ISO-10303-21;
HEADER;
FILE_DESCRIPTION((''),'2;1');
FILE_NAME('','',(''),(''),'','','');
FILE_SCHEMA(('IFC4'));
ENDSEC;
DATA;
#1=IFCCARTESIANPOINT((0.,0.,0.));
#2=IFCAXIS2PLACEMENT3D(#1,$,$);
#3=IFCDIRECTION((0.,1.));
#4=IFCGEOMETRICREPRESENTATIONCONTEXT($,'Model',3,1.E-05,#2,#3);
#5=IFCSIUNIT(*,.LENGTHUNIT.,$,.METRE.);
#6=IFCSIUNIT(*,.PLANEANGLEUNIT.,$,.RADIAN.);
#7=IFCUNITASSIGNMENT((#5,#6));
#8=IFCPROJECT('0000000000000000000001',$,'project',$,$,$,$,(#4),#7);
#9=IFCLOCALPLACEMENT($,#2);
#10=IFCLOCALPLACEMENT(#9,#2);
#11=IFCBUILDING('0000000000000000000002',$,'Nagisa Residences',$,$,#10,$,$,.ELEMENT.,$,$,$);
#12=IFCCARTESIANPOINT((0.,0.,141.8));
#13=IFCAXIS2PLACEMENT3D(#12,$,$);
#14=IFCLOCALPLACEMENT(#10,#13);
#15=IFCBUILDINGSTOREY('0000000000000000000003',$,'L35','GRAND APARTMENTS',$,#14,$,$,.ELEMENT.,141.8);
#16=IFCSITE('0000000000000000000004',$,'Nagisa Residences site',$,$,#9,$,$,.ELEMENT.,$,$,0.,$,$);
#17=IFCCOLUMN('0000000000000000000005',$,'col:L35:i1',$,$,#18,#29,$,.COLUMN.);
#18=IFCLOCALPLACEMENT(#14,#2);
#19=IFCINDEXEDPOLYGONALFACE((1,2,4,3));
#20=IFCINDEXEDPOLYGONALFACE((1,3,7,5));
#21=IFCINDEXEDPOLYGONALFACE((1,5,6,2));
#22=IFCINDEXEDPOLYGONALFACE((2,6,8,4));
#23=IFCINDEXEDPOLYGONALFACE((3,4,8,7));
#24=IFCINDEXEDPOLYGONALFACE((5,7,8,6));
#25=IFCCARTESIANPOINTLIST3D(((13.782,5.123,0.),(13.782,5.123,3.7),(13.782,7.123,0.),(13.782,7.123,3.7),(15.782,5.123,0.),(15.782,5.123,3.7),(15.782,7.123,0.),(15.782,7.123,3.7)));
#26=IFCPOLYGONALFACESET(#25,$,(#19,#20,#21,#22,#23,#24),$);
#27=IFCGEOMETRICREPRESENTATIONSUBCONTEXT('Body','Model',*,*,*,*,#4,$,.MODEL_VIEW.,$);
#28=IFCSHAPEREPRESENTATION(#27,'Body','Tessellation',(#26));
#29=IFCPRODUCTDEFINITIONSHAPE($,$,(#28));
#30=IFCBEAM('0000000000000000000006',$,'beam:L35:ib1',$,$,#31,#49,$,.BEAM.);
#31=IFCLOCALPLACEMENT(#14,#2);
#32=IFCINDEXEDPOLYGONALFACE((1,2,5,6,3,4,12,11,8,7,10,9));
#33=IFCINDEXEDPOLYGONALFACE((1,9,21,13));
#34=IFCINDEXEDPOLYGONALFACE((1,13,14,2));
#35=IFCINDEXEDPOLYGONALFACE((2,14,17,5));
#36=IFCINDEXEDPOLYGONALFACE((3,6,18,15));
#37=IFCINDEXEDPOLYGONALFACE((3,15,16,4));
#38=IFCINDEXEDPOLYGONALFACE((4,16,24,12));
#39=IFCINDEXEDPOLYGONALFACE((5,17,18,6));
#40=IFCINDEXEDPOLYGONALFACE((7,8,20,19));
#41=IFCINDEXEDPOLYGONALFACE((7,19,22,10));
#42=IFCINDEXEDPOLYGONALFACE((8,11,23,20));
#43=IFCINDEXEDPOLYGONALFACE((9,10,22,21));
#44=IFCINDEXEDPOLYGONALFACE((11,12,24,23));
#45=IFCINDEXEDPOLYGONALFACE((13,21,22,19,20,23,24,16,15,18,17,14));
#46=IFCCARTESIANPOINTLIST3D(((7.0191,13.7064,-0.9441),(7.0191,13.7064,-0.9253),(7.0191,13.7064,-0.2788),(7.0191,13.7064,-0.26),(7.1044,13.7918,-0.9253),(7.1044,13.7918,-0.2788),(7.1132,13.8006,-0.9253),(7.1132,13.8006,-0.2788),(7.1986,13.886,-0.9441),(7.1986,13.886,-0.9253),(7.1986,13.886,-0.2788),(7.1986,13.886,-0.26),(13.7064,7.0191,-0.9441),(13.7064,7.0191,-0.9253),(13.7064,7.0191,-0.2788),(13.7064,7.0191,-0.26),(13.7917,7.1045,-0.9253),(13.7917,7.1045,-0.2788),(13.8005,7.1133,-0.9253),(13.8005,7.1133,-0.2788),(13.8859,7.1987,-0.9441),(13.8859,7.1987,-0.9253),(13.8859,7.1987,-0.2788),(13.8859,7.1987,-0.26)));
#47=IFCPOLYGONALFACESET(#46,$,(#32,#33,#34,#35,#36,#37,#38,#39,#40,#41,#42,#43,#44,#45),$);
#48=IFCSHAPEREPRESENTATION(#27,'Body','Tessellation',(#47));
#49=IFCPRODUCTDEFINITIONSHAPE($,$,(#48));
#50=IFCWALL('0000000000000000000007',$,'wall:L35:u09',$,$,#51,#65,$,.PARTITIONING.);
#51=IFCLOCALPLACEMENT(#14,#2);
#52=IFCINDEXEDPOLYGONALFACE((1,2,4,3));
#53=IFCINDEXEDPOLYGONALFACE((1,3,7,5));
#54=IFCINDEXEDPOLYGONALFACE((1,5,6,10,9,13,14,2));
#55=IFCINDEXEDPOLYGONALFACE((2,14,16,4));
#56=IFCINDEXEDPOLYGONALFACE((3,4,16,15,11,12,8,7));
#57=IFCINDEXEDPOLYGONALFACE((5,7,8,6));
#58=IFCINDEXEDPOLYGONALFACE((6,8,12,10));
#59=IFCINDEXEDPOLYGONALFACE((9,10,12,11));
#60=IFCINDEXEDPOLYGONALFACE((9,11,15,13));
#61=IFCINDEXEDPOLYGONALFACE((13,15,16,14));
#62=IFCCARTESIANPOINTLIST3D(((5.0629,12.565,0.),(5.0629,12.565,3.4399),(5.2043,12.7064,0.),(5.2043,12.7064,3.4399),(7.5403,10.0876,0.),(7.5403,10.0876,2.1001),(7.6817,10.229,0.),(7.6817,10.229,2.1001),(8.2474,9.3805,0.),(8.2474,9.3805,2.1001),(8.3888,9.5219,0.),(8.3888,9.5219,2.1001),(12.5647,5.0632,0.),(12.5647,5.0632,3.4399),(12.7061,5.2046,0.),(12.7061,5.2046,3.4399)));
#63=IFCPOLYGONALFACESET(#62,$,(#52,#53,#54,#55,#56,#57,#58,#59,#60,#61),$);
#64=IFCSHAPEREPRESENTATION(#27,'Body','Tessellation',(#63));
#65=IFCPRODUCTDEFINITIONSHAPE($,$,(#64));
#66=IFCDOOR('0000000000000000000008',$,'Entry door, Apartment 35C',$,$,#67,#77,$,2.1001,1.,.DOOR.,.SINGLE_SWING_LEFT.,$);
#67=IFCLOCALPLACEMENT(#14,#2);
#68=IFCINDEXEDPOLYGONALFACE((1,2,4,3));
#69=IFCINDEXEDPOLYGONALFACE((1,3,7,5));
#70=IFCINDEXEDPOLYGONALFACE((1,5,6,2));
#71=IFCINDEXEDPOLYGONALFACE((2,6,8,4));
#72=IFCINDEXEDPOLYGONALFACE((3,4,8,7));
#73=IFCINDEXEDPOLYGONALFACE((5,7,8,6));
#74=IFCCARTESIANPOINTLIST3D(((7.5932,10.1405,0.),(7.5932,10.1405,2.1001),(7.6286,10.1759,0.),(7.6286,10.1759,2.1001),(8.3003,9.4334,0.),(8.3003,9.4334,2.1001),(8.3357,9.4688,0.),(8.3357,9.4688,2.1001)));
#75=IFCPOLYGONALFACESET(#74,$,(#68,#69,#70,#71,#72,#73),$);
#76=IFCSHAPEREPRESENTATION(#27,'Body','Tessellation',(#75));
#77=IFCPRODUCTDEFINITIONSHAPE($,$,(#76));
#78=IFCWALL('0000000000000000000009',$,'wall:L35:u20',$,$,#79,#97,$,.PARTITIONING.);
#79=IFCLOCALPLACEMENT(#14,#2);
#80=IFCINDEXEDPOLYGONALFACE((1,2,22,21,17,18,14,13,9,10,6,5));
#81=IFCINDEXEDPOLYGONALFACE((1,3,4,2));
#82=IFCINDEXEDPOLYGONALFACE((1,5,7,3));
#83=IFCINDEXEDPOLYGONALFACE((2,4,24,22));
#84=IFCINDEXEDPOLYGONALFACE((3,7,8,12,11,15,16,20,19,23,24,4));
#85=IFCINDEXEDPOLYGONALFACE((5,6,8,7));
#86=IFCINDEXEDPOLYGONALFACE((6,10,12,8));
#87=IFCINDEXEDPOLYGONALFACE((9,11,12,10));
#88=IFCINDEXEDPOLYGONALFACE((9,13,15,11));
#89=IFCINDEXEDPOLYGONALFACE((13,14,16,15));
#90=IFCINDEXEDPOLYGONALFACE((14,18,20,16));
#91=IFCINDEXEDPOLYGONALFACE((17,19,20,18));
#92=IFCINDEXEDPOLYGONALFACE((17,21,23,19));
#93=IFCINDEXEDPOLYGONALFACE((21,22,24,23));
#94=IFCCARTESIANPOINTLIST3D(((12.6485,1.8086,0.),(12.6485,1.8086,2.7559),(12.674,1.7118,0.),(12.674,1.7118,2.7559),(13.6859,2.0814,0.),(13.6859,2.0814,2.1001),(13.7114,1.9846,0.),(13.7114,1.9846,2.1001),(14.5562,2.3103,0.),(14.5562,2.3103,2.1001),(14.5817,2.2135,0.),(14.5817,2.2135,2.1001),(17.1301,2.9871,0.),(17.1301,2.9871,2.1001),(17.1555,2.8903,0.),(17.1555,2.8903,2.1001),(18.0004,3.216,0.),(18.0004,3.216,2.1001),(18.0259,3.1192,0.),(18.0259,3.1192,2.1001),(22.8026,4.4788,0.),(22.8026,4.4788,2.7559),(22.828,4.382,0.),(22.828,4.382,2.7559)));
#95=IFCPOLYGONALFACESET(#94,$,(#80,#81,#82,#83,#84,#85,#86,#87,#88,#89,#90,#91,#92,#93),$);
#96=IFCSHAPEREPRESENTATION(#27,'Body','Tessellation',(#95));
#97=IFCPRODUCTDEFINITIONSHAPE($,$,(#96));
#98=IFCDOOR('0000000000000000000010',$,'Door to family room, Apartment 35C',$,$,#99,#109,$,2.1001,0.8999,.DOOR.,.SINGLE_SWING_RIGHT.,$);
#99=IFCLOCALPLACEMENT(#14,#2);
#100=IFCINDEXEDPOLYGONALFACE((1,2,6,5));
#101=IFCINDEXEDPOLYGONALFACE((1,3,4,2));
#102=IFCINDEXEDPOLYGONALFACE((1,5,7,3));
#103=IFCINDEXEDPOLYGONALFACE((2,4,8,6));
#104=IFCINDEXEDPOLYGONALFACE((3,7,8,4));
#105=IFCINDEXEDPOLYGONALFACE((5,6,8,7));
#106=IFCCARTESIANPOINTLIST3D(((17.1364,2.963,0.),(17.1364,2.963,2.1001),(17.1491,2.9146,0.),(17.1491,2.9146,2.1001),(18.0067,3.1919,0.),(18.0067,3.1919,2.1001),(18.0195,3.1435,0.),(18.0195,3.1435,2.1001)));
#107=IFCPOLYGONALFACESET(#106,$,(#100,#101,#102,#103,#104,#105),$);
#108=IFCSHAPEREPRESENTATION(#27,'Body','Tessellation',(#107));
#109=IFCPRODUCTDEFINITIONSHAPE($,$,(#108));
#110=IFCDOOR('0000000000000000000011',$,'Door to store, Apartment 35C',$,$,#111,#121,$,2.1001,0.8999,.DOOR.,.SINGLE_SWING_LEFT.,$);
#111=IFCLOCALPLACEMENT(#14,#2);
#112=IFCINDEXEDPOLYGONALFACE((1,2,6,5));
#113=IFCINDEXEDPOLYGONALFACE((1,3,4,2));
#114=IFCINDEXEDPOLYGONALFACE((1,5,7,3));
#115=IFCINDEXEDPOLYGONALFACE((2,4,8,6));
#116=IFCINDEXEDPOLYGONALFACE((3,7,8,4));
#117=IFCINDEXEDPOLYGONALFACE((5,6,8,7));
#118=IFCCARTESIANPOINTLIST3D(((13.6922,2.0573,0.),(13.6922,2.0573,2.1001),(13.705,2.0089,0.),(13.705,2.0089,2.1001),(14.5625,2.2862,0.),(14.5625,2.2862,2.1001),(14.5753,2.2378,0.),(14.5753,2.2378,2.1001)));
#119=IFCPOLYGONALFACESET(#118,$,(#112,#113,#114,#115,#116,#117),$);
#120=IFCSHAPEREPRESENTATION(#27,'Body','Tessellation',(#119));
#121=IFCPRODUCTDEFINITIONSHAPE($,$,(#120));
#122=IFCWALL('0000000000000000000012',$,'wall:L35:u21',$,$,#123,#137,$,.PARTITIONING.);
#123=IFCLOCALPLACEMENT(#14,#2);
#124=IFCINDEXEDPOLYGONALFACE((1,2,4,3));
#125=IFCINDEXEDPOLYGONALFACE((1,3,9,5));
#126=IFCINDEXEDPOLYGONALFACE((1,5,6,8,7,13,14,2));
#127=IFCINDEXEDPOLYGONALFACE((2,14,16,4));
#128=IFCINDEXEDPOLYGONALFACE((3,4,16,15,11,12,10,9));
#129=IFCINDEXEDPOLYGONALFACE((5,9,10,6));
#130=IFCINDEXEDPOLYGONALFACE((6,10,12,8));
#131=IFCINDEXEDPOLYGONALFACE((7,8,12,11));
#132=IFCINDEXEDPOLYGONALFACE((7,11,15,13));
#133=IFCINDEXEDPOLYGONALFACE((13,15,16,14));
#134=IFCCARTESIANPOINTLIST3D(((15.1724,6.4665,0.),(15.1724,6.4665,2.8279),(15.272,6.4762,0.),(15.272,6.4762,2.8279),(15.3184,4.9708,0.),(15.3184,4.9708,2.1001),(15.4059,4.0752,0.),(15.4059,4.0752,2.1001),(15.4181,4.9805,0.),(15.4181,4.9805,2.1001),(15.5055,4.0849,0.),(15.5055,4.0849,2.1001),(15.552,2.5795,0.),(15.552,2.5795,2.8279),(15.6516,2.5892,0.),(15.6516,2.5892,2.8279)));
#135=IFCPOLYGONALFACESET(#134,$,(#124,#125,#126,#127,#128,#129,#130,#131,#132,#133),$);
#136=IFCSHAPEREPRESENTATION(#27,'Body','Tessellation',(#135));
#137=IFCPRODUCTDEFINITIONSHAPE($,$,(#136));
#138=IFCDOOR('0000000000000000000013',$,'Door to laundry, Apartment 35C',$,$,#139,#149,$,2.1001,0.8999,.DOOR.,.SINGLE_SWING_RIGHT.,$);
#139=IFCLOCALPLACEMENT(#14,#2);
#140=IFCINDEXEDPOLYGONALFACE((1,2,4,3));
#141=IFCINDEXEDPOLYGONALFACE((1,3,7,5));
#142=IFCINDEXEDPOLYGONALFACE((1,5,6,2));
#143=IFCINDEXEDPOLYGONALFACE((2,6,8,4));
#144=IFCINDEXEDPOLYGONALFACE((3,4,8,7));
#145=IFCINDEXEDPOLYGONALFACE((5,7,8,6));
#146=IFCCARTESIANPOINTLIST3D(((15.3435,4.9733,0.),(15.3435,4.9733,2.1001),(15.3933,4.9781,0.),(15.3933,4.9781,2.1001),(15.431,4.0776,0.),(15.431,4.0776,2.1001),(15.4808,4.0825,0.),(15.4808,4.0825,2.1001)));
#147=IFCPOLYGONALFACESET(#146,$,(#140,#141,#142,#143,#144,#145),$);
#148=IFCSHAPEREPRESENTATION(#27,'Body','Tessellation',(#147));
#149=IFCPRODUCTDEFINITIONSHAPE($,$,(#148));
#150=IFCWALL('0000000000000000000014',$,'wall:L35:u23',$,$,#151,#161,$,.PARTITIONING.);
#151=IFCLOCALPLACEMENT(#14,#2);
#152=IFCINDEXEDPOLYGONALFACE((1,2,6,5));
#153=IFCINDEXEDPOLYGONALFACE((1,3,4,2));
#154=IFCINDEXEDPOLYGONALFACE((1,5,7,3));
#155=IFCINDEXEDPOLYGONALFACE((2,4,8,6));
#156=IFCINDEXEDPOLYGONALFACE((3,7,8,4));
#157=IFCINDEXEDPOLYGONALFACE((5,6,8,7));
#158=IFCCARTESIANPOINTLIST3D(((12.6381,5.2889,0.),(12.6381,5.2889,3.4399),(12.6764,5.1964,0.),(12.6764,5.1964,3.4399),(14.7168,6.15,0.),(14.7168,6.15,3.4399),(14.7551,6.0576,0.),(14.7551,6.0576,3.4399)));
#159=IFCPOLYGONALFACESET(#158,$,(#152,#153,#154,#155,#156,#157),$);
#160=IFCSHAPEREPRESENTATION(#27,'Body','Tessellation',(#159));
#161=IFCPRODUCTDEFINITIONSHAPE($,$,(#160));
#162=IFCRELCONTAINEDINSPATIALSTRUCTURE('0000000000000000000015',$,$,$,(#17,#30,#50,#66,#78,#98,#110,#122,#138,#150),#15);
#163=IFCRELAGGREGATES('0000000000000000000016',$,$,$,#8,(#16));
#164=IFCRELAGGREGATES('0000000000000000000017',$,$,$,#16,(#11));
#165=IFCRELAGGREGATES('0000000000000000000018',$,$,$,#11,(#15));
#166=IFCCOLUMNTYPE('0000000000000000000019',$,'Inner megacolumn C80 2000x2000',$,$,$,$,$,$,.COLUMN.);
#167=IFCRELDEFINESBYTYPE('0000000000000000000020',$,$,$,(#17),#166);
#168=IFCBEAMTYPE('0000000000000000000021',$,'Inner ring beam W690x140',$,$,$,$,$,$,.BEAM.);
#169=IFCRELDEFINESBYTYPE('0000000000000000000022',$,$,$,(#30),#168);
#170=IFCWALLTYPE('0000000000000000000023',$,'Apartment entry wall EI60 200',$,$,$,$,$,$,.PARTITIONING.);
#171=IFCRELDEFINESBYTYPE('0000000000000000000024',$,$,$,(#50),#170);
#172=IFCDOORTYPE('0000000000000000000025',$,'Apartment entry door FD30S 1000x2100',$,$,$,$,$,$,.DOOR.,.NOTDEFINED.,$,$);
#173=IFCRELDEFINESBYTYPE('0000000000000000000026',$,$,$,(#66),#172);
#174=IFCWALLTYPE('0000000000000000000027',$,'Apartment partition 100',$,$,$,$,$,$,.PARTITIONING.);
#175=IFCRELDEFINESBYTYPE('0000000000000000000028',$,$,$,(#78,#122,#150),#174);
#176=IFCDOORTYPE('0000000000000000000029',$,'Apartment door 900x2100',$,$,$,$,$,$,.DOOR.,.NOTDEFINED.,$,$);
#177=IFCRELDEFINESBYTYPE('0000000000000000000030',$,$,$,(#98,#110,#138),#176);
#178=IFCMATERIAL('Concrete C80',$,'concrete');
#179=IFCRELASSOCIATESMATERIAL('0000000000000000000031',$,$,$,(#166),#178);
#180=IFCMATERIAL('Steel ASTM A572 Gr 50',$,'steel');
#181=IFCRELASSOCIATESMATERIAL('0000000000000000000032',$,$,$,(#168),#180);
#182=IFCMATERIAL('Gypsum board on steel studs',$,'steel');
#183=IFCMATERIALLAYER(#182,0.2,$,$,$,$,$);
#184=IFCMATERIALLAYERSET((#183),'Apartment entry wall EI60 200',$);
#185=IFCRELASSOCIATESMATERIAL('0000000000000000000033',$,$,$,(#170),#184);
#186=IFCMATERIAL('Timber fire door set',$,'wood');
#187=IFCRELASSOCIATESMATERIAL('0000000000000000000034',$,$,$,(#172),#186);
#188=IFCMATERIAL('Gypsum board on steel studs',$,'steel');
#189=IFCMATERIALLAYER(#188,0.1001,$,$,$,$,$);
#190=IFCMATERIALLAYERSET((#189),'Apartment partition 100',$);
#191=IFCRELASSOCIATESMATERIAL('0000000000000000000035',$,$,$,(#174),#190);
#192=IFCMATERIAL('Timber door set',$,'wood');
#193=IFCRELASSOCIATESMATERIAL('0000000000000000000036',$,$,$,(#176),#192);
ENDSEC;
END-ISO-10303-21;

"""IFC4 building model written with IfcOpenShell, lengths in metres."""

from ifc_helpers import new_model, si_unit, direction, frame, frame_2d, origin, origin_2d, place, context, subcontext, project, spatial, rectangle, i_section, extrude, material, layer, layer_set, material_profile, profile_set, type_object, element, fill, save


model = new_model("IFC4")

# Units and contexts
model_context = context("Model", 3, precision=1e-05, world=origin(), true_north=direction((0.0, 1.0)))
body_context = subcontext(model_context, "Body", "Model", "MODEL_VIEW")
ifc_project = project(units=[si_unit("LENGTHUNIT", "METRE"), si_unit("PLANEANGLEUNIT", "RADIAN")], contexts=[model_context])

# Site, building, storey
site_placement = place(None, origin())
site = spatial("IfcSite", under=ifc_project, at=site_placement, Name="Nagisa Residences site", CompositionType="ELEMENT", RefElevation=0.0)
building_placement = place(site_placement, origin())
building = spatial("IfcBuilding", under=site, at=building_placement, Name="Nagisa Residences", CompositionType="ELEMENT")
storey_placement = place(building_placement, frame((0.0, 0.0, 141.8)))
storey = spatial("IfcBuildingStorey", under=building, at=storey_placement, Name="L35", Description="GRAND APARTMENTS", CompositionType="ELEMENT", Elevation=141.8)

# Column
ifc_material_1 = material(Name="Concrete C80", Category="concrete")
ifc_material_profile_1 = material_profile(ifc_material_1, rectangle(XDim=2.0, YDim=2.0, at=origin_2d()), Name="C80 2000x2000")
ifc_profile_set_1 = profile_set([ifc_material_profile_1], Name="Concrete C80")
column_type = type_object("IfcColumnType", Name="Inner megacolumn C80 2000x2000", PredefinedType="COLUMN", material=ifc_profile_set_1)
column_placement = place(storey_placement, frame((14.782, 6.123, 0.0), z_axis=(0.0, 0.0, 1.0), x_axis=(1.0, 0.0, 0.0)))
element("IfcColumn", 1, at=column_placement, inside=storey, type_object=column_type, Name="col:L35:i1", PredefinedType="COLUMN", context=body_context, shape_type="SweptSolid", body=[
    extrude(rectangle(XDim=2.0, YDim=2.0, at=origin_2d()), origin(), (0.0, 0.0, 1.0), 3.7),
])

# Beam
ifc_material_2 = material(Name="Steel ASTM A572 Gr 50", Category="steel")
ifc_material_profile_2 = material_profile(ifc_material_2, i_section(OverallWidth=0.2539, OverallDepth=0.6841, WebThickness=0.0125, FlangeThickness=0.0188, at=origin_2d()), Name="W690x140")
ifc_profile_set_2 = profile_set([ifc_material_profile_2], Name="Steel ASTM A572 Gr 50")
beam_type = type_object("IfcBeamType", Name="Inner ring beam W690x140", PredefinedType="BEAM", material=ifc_profile_set_2)
beam_placement = place(storey_placement, frame((13.7961, 7.1089, -0.6021), z_axis=(-0.707107, 0.707107, 0.0), x_axis=(-0.707107, -0.707107, 0.0)))
element("IfcBeam", 2, at=beam_placement, inside=storey, type_object=beam_type, Name="beam:L35:ib1", PredefinedType="BEAM", context=body_context, shape_type="SweptSolid", body=[
    extrude(i_section(OverallWidth=0.2539, OverallDepth=0.6841, WebThickness=0.0125, FlangeThickness=0.0188, at=origin_2d()), origin(), (0.0, 0.0, 1.0), 9.4573),
])

# Wall, opening, door
ifc_material_3 = material(Name="Gypsum board on steel studs", Category="steel")
ifc_layer_1 = layer(ifc_material_3, 0.2)
ifc_layer_set_1 = layer_set([ifc_layer_1], Name="Apartment entry wall EI60 200")
wall_type_1 = type_object("IfcWallType", Name="Apartment entry wall EI60 200", PredefinedType="PARTITIONING", material=ifc_layer_set_1)
wall_1_placement = place(storey_placement, frame((12.6355, 5.1338, 0.0), z_axis=(0.0, 0.0, 1.0), x_axis=(-0.707107, 0.707107, 0.0)))
wall_1 = element("IfcWall", 3, at=wall_1_placement, inside=storey, type_object=wall_type_1, Name="wall:L35:u09", PredefinedType="PARTITIONING", context=body_context, shape_type="SweptSolid", body=[
    extrude(rectangle(XDim=10.6091, YDim=0.2, at=frame_2d((5.3047, 0.0))), origin(), (0.0, 0.0, 1.0), 3.4399),
])
opening_1_placement = place(wall_1_placement, frame((6.1057, 0.0, 0.0)))
opening_1 = element("IfcOpeningElement", 4, at=opening_1_placement, cuts=wall_1, PredefinedType="OPENING", context=body_context, shape_type="SweptSolid", body=[
    extrude(rectangle(XDim=1.0, YDim=2.1001, at=frame_2d((0.5, 1.05))), frame((0.0, 0.1099, 0.0), z_axis=(0.0, -1.0, 0.0), x_axis=(1.0, 0.0, 0.0)), (0.0, 0.0, 1.0), 0.22),
])
ifc_material_4 = material(Name="Timber fire door set", Category="wood")
door_type_1 = type_object("IfcDoorType", Name="Apartment entry door FD30S 1000x2100", OperationType="NOTDEFINED", PredefinedType="DOOR", material=ifc_material_4)
door_1_placement = place(opening_1_placement, frame((1.0, 0.0, 0.0), x_axis=(-1.0, 0.0, 0.0)))
door_1 = element("IfcDoor", 5, at=door_1_placement, inside=storey, type_object=door_type_1, Name="Entry door, Apartment 35C", OperationType="SINGLE_SWING_LEFT", OverallHeight=2.1001, OverallWidth=1.0, PredefinedType="DOOR", context=body_context, shape_type="SweptSolid", body=[
    extrude(rectangle(XDim=1.0, YDim=2.1001, at=frame_2d((0.5, 1.05))), frame((0.0, 0.0249, 0.0), z_axis=(0.0, -1.0, 0.0), x_axis=(1.0, 0.0, 0.0)), (0.0, 0.0, 1.0), 0.05),
])
fill(opening_1, door_1)

# Wall, openings, doors
ifc_material_5 = material(Name="Gypsum board on steel studs", Category="steel")
ifc_layer_2 = layer(ifc_material_5, 0.1001)
ifc_layer_set_2 = layer_set([ifc_layer_2], Name="Apartment partition 100")
wall_type_2 = type_object("IfcWallType", Name="Apartment partition 100", PredefinedType="PARTITIONING", material=ifc_layer_set_2)
wall_2_placement = place(storey_placement, frame((12.6614, 1.7603, 0.0), z_axis=(0.0, 0.0, 1.0), x_axis=(0.96712, 0.254319, 0.0)))
wall_2 = element("IfcWall", 6, at=wall_2_placement, inside=storey, type_object=wall_type_2, Name="wall:L35:u20", PredefinedType="PARTITIONING", context=body_context, shape_type="SweptSolid", body=[
    extrude(rectangle(XDim=10.4993, YDim=0.1001, at=frame_2d((5.2495, 0.0))), origin(), (0.0, 0.0, 1.0), 2.7559),
])
opening_2_placement = place(wall_2_placement, frame((4.6338, 0.0, 0.0)))
opening_2 = element("IfcOpeningElement", 7, at=opening_2_placement, cuts=wall_2, PredefinedType="OPENING", context=body_context, shape_type="SweptSolid", body=[
    extrude(rectangle(XDim=0.8999, YDim=2.1001, at=frame_2d((0.45, 1.05))), frame((0.0, 0.0601, 0.0), z_axis=(0.0, -1.0, 0.0), x_axis=(1.0, 0.0, 0.0)), (0.0, 0.0, 1.0), 0.1201),
])
opening_3_placement = place(wall_2_placement, frame((1.0725, 0.0, 0.0)))
opening_3 = element("IfcOpeningElement", 8, at=opening_3_placement, cuts=wall_2, PredefinedType="OPENING", context=body_context, shape_type="SweptSolid", body=[
    extrude(rectangle(XDim=0.8999, YDim=2.1001, at=frame_2d((0.45, 1.05))), frame((0.0, 0.0601, 0.0), z_axis=(0.0, -1.0, 0.0), x_axis=(1.0, 0.0, 0.0)), (0.0, 0.0, 1.0), 0.1201),
])
ifc_material_6 = material(Name="Timber door set", Category="wood")
door_type_2 = type_object("IfcDoorType", Name="Apartment door 900x2100", OperationType="NOTDEFINED", PredefinedType="DOOR", material=ifc_material_6)
door_2_placement = place(opening_2_placement, frame((0.8999, 0.0, 0.0), x_axis=(-1.0, 0.0, 0.0)))
door_2 = element("IfcDoor", 9, at=door_2_placement, inside=storey, type_object=door_type_2, Name="Door to family room, Apartment 35C", OperationType="SINGLE_SWING_RIGHT", OverallHeight=2.1001, OverallWidth=0.8999, PredefinedType="DOOR", context=body_context, shape_type="SweptSolid", body=[
    extrude(rectangle(XDim=0.8999, YDim=2.1001, at=frame_2d((0.45, 1.05))), frame((0.0, 0.0249, 0.0), z_axis=(0.0, -1.0, 0.0), x_axis=(1.0, 0.0, 0.0)), (0.0, 0.0, 1.0), 0.05),
])
fill(opening_2, door_2)
door_3_placement = place(opening_3_placement, frame((0.8999, 0.0, 0.0), x_axis=(-1.0, 0.0, 0.0)))
door_3 = element("IfcDoor", 10, at=door_3_placement, inside=storey, type_object=door_type_2, Name="Door to store, Apartment 35C", OperationType="SINGLE_SWING_LEFT", OverallHeight=2.1001, OverallWidth=0.8999, PredefinedType="DOOR", context=body_context, shape_type="SweptSolid", body=[
    extrude(rectangle(XDim=0.8999, YDim=2.1001, at=frame_2d((0.45, 1.05))), frame((0.0, 0.0249, 0.0), z_axis=(0.0, -1.0, 0.0), x_axis=(1.0, 0.0, 0.0)), (0.0, 0.0, 1.0), 0.05),
])
fill(opening_3, door_3)

# Wall, opening, door
wall_3_placement = place(storey_placement, frame((15.6018, 2.5845, 0.0), z_axis=(0.0, 0.0, 1.0), x_axis=(-0.097207, 0.995264, 0.0)))
wall_3 = element("IfcWall", 11, at=wall_3_placement, inside=storey, type_object=wall_type_2, Name="wall:L35:u21", PredefinedType="PARTITIONING", context=body_context, shape_type="SweptSolid", body=[
    extrude(rectangle(XDim=3.9055, YDim=0.1001, at=frame_2d((1.9526, 0.0))), origin(), (0.0, 0.0, 1.0), 2.8279),
])
opening_4_placement = place(wall_3_placement, frame((1.5027, 0.0, 0.0)))
opening_4 = element("IfcOpeningElement", 12, at=opening_4_placement, cuts=wall_3, PredefinedType="OPENING", context=body_context, shape_type="SweptSolid", body=[
    extrude(rectangle(XDim=0.8999, YDim=2.1001, at=frame_2d((0.45, 1.05))), frame((0.0, 0.0601, 0.0), z_axis=(0.0, -1.0, 0.0), x_axis=(1.0, 0.0, 0.0)), (0.0, 0.0, 1.0), 0.1201),
])
door_4_placement = place(opening_4_placement, origin())
door_4 = element("IfcDoor", 13, at=door_4_placement, inside=storey, type_object=door_type_2, Name="Door to laundry, Apartment 35C", OperationType="SINGLE_SWING_RIGHT", OverallHeight=2.1001, OverallWidth=0.8999, PredefinedType="DOOR", context=body_context, shape_type="SweptSolid", body=[
    extrude(rectangle(XDim=0.8999, YDim=2.1001, at=frame_2d((0.45, 1.05))), frame((0.0, 0.0249, 0.0), z_axis=(0.0, -1.0, 0.0), x_axis=(1.0, 0.0, 0.0)), (0.0, 0.0, 1.0), 0.05),
])
fill(opening_4, door_4)

# Wall
wall_4_placement = place(storey_placement, frame((12.6572, 5.2427, 0.0), z_axis=(0.0, 0.0, 1.0), x_axis=(0.923865, 0.382719, 0.0)))
element("IfcWall", 14, at=wall_4_placement, inside=storey, type_object=wall_type_2, Name="wall:L35:u23", PredefinedType="PARTITIONING", context=body_context, shape_type="SweptSolid", body=[
    extrude(rectangle(XDim=2.25, YDim=0.1001, at=frame_2d((1.125, 0.0))), origin(), (0.0, 0.0, 1.0), 3.4399),
])

save(model, "model.ifc")
